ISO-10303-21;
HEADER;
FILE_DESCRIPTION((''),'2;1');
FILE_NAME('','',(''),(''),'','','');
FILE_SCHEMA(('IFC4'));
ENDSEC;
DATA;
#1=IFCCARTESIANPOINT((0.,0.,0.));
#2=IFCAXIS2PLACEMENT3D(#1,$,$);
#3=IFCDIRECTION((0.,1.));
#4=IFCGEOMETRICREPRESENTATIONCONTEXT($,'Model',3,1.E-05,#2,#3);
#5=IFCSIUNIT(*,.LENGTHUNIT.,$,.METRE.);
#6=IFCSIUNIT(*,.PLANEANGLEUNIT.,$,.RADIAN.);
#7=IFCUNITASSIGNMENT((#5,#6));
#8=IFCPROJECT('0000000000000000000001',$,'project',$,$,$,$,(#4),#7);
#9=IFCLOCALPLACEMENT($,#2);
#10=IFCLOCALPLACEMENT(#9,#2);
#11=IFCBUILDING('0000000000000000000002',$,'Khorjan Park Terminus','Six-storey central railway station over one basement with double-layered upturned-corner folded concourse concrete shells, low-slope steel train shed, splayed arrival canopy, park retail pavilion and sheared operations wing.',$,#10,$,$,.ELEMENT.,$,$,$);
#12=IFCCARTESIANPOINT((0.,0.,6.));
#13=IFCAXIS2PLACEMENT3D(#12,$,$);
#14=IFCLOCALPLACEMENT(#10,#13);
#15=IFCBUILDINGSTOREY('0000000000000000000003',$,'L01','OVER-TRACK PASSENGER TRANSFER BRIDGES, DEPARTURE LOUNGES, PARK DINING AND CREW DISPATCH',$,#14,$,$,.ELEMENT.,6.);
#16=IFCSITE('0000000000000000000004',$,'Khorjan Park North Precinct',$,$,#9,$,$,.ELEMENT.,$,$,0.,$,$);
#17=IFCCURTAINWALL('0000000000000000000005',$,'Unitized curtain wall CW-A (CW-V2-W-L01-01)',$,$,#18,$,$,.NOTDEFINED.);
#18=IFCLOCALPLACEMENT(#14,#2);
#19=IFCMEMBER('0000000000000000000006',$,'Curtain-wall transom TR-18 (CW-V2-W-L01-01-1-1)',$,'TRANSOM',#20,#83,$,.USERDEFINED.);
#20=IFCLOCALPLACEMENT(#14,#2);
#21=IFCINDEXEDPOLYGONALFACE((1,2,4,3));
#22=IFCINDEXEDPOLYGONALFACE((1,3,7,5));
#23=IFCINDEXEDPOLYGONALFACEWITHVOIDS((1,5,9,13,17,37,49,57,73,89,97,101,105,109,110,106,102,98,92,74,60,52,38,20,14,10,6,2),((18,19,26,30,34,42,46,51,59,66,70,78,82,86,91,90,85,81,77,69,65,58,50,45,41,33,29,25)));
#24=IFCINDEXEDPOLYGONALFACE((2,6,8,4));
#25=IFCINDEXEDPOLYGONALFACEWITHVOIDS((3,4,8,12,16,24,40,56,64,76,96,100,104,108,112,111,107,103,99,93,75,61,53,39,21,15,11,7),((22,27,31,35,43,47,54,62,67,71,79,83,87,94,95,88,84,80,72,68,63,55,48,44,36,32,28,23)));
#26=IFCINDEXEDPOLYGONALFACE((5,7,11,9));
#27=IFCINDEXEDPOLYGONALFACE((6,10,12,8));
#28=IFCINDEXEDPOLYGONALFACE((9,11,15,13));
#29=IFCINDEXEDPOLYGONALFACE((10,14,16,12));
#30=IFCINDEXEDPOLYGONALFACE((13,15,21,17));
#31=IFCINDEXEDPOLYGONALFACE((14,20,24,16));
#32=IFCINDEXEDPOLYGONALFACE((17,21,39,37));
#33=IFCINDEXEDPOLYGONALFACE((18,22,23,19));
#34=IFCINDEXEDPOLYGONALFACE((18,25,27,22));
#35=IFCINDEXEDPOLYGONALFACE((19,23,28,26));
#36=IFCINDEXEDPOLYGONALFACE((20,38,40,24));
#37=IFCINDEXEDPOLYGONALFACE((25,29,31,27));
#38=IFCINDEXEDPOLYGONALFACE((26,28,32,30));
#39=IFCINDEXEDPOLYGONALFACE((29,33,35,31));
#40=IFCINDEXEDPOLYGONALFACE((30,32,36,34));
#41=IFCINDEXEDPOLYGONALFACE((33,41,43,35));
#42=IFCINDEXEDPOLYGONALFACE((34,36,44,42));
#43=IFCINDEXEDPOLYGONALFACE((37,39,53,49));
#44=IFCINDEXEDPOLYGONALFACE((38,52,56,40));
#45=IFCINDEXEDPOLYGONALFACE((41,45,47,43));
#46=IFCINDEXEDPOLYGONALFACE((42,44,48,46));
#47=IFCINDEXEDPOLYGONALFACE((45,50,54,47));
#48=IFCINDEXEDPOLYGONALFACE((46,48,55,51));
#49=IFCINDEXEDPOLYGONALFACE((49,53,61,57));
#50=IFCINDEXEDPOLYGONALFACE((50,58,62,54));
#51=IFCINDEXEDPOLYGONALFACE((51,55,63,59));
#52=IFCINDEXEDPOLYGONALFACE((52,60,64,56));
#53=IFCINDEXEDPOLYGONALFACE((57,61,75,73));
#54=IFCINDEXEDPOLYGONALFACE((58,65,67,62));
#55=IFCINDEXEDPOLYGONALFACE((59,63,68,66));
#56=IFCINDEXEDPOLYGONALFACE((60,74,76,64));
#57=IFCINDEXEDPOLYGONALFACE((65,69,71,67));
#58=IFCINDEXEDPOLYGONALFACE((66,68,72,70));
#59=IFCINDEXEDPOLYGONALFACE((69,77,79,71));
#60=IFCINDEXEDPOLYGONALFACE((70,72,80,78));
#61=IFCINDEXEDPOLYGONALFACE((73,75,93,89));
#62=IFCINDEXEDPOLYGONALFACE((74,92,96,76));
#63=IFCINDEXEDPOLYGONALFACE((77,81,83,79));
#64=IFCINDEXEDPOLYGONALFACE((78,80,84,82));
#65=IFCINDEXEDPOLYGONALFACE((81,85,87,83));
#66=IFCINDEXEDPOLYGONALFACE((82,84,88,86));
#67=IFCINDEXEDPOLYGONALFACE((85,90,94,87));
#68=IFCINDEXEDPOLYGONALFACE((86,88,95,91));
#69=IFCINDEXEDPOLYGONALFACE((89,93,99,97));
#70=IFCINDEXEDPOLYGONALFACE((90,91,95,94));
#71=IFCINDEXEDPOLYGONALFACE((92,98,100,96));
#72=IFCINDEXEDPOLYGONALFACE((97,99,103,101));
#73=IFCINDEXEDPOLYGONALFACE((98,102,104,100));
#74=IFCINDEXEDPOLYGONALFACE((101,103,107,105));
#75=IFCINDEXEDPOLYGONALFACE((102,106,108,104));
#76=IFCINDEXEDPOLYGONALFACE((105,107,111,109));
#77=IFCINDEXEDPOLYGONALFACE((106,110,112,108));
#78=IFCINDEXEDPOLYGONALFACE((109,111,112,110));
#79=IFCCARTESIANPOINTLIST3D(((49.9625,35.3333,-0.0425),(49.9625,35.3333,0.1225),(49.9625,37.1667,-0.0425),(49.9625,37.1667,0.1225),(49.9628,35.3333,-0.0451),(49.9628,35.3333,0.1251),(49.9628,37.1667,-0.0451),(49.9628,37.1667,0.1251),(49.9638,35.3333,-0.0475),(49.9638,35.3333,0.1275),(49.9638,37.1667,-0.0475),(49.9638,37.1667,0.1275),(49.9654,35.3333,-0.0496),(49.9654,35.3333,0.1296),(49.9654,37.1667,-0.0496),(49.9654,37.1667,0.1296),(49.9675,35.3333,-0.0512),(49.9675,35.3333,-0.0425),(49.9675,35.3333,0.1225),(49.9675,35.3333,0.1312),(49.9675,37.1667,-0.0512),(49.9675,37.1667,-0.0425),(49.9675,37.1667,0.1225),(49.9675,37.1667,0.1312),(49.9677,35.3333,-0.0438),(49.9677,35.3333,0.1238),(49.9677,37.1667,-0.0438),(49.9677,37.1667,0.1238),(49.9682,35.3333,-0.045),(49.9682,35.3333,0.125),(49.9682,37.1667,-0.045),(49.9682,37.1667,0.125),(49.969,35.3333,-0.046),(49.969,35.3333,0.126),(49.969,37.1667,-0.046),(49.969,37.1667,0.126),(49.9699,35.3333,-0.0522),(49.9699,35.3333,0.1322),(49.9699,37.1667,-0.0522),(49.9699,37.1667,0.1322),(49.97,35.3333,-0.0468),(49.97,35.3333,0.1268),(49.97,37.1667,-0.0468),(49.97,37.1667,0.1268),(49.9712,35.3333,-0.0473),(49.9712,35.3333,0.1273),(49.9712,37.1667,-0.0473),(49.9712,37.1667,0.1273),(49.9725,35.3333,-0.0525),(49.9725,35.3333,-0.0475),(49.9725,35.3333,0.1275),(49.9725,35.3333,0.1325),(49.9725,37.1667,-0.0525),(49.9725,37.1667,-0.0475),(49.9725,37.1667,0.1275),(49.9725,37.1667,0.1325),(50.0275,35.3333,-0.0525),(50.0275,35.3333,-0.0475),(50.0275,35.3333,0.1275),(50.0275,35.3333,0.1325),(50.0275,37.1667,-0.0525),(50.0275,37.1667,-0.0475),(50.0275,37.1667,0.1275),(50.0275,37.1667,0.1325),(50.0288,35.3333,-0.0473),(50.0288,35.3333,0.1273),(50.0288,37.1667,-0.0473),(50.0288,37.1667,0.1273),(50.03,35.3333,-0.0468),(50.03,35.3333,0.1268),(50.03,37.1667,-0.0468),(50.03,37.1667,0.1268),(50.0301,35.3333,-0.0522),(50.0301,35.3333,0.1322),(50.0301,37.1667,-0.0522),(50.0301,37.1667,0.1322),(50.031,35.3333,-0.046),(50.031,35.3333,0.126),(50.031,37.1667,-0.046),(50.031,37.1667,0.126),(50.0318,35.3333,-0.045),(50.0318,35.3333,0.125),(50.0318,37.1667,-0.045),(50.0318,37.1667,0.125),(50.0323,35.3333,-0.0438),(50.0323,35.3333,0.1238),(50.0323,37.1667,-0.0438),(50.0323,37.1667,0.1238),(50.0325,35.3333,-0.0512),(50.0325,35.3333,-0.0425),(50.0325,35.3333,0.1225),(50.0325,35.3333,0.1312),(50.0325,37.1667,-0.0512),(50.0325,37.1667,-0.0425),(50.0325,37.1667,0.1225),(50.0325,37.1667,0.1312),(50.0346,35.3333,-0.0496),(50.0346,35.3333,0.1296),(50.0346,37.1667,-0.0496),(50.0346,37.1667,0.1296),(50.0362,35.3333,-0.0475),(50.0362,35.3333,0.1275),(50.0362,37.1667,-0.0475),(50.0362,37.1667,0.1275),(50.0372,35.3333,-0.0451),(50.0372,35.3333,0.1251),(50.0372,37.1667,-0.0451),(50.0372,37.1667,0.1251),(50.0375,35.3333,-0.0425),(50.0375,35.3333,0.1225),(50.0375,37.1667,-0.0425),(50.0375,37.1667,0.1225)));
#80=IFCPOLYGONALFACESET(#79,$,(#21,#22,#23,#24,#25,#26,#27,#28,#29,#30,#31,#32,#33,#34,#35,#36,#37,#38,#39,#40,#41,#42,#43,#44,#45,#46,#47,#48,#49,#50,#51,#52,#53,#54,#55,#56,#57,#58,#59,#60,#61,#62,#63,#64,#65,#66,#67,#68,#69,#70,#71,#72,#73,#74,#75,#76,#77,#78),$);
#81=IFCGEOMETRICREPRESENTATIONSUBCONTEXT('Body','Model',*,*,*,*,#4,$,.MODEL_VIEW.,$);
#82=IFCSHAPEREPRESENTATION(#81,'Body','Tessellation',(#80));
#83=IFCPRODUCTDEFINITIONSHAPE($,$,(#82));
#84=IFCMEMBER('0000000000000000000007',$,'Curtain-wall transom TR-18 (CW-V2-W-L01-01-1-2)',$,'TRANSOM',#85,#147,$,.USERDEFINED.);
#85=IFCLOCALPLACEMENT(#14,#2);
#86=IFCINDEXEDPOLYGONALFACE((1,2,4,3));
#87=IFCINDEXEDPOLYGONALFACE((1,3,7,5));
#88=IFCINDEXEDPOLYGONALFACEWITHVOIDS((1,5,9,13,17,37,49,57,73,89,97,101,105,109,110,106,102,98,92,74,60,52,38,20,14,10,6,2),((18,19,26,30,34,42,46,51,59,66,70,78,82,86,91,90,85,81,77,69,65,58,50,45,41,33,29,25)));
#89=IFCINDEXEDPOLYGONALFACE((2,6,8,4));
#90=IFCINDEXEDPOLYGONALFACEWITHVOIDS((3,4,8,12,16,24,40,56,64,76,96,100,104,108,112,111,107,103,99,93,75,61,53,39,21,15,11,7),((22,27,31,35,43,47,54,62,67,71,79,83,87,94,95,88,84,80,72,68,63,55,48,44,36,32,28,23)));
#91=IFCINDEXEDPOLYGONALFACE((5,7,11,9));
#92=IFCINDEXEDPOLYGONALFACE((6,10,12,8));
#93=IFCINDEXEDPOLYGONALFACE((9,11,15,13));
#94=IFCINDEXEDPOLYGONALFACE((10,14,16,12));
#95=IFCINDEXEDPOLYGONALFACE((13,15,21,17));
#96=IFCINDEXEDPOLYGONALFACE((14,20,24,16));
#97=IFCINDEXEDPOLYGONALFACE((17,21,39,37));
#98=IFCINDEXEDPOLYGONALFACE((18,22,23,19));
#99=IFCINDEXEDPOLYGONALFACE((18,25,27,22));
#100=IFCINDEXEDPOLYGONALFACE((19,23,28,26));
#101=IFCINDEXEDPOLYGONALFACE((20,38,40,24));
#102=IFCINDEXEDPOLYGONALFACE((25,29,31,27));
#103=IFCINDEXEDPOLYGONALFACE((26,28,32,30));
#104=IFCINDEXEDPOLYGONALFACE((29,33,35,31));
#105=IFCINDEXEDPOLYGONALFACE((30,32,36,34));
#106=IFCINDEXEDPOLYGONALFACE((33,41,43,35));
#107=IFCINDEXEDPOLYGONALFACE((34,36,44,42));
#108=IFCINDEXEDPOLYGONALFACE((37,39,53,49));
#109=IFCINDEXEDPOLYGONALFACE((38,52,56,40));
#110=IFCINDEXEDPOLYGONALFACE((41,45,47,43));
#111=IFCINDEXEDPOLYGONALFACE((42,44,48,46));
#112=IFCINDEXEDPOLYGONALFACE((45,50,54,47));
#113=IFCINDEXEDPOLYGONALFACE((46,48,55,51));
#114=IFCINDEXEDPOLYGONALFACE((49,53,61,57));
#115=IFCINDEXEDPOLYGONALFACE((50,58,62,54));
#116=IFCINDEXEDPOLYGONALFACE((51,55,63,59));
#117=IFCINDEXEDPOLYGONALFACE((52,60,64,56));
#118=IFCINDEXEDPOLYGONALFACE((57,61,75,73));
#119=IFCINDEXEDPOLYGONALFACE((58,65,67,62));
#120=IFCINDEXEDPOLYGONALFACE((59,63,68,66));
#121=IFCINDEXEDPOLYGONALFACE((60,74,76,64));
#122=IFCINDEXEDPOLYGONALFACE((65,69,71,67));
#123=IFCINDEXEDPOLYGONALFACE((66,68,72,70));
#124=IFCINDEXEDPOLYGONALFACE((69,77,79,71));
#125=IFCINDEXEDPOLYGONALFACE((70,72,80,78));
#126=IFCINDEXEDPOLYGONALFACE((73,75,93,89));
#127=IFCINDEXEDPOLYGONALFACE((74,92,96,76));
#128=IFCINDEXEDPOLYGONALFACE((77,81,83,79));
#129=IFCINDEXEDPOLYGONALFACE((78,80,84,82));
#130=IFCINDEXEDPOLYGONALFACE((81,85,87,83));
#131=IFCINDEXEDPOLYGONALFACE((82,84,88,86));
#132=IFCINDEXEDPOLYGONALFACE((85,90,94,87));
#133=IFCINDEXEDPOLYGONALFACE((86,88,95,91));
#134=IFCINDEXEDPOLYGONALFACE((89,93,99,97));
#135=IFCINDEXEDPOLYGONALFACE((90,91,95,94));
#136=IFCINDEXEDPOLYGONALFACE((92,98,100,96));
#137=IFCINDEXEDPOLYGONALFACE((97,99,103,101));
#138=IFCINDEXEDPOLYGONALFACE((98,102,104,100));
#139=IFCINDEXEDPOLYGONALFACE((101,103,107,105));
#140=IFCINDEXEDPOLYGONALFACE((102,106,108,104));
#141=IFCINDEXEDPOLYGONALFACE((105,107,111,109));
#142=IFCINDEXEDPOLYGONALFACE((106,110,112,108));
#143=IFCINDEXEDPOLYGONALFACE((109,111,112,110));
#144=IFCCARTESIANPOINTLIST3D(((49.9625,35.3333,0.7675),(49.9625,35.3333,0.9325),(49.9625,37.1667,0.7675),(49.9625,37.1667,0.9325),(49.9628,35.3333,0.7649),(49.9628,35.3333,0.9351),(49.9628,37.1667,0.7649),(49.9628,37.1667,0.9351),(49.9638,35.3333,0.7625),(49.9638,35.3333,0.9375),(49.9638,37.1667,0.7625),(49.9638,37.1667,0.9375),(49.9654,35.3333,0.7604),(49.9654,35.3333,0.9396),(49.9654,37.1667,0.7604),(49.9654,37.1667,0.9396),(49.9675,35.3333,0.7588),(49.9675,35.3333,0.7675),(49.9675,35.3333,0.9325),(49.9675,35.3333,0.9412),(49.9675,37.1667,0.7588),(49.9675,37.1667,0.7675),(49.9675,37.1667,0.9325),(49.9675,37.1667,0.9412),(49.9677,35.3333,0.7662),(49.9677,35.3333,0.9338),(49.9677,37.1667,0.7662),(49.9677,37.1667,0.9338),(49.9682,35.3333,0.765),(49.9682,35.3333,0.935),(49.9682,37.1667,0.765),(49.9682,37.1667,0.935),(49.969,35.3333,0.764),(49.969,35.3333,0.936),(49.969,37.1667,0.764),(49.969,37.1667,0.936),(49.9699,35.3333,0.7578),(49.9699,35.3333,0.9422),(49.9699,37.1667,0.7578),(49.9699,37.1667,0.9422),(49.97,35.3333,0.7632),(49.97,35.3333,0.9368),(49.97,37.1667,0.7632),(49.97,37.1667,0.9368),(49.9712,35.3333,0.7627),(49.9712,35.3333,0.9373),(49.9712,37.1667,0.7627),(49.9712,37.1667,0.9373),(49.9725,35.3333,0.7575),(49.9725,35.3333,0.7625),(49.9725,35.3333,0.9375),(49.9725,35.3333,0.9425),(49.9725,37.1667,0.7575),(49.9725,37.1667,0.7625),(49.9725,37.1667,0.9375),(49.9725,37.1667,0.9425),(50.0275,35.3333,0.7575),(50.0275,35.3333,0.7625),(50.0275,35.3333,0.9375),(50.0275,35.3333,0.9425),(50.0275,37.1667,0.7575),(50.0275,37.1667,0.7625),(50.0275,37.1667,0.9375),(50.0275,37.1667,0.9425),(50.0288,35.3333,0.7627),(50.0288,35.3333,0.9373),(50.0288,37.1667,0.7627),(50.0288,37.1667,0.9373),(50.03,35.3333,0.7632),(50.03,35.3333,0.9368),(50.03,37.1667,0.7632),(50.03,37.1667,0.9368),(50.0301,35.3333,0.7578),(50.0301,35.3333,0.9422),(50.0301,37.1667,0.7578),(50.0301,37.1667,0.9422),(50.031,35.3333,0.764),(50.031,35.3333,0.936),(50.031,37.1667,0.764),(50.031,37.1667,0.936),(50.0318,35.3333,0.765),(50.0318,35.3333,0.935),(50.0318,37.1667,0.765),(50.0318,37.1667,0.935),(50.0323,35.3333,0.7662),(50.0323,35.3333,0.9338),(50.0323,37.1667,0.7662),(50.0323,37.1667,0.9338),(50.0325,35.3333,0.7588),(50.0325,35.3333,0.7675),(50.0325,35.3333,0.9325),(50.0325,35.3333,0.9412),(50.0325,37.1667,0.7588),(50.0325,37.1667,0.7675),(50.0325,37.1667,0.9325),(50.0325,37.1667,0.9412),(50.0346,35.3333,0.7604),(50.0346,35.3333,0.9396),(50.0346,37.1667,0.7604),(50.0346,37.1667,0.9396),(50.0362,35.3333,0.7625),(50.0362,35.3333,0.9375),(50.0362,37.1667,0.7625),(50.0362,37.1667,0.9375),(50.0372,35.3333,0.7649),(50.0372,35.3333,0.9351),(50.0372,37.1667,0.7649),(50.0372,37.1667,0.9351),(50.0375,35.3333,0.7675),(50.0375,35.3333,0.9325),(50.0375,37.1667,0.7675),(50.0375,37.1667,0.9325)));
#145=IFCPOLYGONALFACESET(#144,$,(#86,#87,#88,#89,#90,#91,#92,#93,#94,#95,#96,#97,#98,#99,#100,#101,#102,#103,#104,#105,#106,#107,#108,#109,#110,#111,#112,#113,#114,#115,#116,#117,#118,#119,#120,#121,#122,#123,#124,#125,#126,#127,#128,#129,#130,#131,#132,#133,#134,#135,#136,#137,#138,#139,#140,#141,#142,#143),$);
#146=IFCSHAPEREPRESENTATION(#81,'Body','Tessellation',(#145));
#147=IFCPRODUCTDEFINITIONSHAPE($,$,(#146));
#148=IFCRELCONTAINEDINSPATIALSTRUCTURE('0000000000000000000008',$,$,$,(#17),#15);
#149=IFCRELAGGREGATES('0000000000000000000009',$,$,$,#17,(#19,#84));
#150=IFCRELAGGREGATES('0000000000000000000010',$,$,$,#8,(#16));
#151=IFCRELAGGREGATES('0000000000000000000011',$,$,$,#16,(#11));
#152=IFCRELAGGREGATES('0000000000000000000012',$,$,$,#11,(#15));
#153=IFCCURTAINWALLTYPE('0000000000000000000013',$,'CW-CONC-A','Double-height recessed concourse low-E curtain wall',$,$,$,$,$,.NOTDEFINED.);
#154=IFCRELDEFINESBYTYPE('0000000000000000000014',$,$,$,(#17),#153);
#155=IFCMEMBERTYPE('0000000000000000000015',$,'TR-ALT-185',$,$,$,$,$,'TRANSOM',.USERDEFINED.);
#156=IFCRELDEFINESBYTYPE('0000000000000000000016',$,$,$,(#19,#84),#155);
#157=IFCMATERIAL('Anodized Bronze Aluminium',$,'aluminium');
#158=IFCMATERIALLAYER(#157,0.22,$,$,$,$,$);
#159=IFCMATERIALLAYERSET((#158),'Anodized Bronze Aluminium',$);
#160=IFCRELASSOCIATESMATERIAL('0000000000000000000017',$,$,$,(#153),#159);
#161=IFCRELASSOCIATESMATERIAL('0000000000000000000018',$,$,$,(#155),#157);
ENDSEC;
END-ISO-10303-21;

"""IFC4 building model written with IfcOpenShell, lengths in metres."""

from ifc_helpers import new_model, si_unit, direction, frame, origin, origin_2d, place, context, subcontext, project, spatial, hollow_rectangle, extrude, material, layer, layer_set, material_profile, profile_set, type_object, element, aggregate, save


model = new_model("IFC4")

# Units and contexts
model_context = context("Model", 3, precision=1e-05, world=origin(), true_north=direction((0.0, 1.0)))
body_context = subcontext(model_context, "Body", "Model", "MODEL_VIEW")
ifc_project = project(units=[si_unit("LENGTHUNIT", "METRE"), si_unit("PLANEANGLEUNIT", "RADIAN")], contexts=[model_context])

# Site, building, storey
site_placement = place(None, origin())
site = spatial("IfcSite", under=ifc_project, at=site_placement, Name="Khorjan Park North Precinct", CompositionType="ELEMENT", RefElevation=0.0)
building_placement = place(site_placement, origin())
building = spatial("IfcBuilding", under=site, at=building_placement, Name="Khorjan Park Terminus", Description="Six-storey central railway station over one basement with double-layered upturned-corner folded concourse concrete shells, low-slope steel train shed, splayed arrival canopy, park retail pavilion and sheared operations wing.", CompositionType="ELEMENT")
storey_placement = place(building_placement, frame((0.0, 0.0, 6.0)))
storey = spatial("IfcBuildingStorey", under=building, at=storey_placement, Name="L01", Description="OVER-TRACK PASSENGER TRANSFER BRIDGES, DEPARTURE LOUNGES, PARK DINING AND CREW DISPATCH", CompositionType="ELEMENT", Elevation=6.0)

# Curtain wall, members
ifc_material_1 = material(Name="Anodized Bronze Aluminium", Category="aluminium")
ifc_layer_1 = layer(ifc_material_1, 0.22)
ifc_layer_set_1 = layer_set([ifc_layer_1], Name="Anodized Bronze Aluminium")
curtain_wall_type = type_object("IfcCurtainWallType", Name="CW-CONC-A", Description="Double-height recessed concourse low-E curtain wall", PredefinedType="NOTDEFINED", material=ifc_layer_set_1)
curtain_wall_placement = place(storey_placement, origin())
curtain_wall = element("IfcCurtainWall", 1, at=curtain_wall_placement, inside=storey, type_object=curtain_wall_type, Name="Unitized curtain wall CW-A (CW-V2-W-L01-01)", PredefinedType="NOTDEFINED")
ifc_material_profile_1 = material_profile(ifc_material_1, hollow_rectangle(XDim=0.075, YDim=0.185, WallThickness=0.005, InnerFilletRadius=0.005, OuterFilletRadius=0.01, at=origin_2d()), Name="ALT 75x185x5")
ifc_profile_set_1 = profile_set([ifc_material_profile_1], Name="Anodized Bronze Aluminium")
member_type_1 = type_object("IfcMemberType", Name="TR-ALT-185", ElementType="TRANSOM", PredefinedType="USERDEFINED", material=ifc_profile_set_1)
member_1_placement = place(storey_placement, frame((50.0, 37.1667, 0.04), z_axis=(0.0, -1.0, 0.0), x_axis=(1.0, 0.0, 0.0)))
member_1 = element("IfcMember", 2, at=member_1_placement, type_object=member_type_1, Name="Curtain-wall transom TR-18 (CW-V2-W-L01-01-1-1)", ObjectType="TRANSOM", PredefinedType="USERDEFINED", context=body_context, shape_type="SweptSolid", body=[
    extrude(hollow_rectangle(XDim=0.075, YDim=0.185, WallThickness=0.005, InnerFilletRadius=0.005, OuterFilletRadius=0.01, at=origin_2d()), origin(), (0.0, 0.0, 1.0), 1.8334),
])
member_2_placement = place(storey_placement, frame((50.0, 37.1667, 0.85), z_axis=(0.0, -1.0, 0.0), x_axis=(1.0, 0.0, 0.0)))
member_2 = element("IfcMember", 3, at=member_2_placement, type_object=member_type_1, Name="Curtain-wall transom TR-18 (CW-V2-W-L01-01-1-2)", ObjectType="TRANSOM", PredefinedType="USERDEFINED", context=body_context, shape_type="SweptSolid", body=[
    extrude(hollow_rectangle(XDim=0.075, YDim=0.185, WallThickness=0.005, InnerFilletRadius=0.005, OuterFilletRadius=0.01, at=origin_2d()), origin(), (0.0, 0.0, 1.0), 1.8334),
])
aggregate(curtain_wall, [member_1, member_2])

save(model, "model.ifc")
